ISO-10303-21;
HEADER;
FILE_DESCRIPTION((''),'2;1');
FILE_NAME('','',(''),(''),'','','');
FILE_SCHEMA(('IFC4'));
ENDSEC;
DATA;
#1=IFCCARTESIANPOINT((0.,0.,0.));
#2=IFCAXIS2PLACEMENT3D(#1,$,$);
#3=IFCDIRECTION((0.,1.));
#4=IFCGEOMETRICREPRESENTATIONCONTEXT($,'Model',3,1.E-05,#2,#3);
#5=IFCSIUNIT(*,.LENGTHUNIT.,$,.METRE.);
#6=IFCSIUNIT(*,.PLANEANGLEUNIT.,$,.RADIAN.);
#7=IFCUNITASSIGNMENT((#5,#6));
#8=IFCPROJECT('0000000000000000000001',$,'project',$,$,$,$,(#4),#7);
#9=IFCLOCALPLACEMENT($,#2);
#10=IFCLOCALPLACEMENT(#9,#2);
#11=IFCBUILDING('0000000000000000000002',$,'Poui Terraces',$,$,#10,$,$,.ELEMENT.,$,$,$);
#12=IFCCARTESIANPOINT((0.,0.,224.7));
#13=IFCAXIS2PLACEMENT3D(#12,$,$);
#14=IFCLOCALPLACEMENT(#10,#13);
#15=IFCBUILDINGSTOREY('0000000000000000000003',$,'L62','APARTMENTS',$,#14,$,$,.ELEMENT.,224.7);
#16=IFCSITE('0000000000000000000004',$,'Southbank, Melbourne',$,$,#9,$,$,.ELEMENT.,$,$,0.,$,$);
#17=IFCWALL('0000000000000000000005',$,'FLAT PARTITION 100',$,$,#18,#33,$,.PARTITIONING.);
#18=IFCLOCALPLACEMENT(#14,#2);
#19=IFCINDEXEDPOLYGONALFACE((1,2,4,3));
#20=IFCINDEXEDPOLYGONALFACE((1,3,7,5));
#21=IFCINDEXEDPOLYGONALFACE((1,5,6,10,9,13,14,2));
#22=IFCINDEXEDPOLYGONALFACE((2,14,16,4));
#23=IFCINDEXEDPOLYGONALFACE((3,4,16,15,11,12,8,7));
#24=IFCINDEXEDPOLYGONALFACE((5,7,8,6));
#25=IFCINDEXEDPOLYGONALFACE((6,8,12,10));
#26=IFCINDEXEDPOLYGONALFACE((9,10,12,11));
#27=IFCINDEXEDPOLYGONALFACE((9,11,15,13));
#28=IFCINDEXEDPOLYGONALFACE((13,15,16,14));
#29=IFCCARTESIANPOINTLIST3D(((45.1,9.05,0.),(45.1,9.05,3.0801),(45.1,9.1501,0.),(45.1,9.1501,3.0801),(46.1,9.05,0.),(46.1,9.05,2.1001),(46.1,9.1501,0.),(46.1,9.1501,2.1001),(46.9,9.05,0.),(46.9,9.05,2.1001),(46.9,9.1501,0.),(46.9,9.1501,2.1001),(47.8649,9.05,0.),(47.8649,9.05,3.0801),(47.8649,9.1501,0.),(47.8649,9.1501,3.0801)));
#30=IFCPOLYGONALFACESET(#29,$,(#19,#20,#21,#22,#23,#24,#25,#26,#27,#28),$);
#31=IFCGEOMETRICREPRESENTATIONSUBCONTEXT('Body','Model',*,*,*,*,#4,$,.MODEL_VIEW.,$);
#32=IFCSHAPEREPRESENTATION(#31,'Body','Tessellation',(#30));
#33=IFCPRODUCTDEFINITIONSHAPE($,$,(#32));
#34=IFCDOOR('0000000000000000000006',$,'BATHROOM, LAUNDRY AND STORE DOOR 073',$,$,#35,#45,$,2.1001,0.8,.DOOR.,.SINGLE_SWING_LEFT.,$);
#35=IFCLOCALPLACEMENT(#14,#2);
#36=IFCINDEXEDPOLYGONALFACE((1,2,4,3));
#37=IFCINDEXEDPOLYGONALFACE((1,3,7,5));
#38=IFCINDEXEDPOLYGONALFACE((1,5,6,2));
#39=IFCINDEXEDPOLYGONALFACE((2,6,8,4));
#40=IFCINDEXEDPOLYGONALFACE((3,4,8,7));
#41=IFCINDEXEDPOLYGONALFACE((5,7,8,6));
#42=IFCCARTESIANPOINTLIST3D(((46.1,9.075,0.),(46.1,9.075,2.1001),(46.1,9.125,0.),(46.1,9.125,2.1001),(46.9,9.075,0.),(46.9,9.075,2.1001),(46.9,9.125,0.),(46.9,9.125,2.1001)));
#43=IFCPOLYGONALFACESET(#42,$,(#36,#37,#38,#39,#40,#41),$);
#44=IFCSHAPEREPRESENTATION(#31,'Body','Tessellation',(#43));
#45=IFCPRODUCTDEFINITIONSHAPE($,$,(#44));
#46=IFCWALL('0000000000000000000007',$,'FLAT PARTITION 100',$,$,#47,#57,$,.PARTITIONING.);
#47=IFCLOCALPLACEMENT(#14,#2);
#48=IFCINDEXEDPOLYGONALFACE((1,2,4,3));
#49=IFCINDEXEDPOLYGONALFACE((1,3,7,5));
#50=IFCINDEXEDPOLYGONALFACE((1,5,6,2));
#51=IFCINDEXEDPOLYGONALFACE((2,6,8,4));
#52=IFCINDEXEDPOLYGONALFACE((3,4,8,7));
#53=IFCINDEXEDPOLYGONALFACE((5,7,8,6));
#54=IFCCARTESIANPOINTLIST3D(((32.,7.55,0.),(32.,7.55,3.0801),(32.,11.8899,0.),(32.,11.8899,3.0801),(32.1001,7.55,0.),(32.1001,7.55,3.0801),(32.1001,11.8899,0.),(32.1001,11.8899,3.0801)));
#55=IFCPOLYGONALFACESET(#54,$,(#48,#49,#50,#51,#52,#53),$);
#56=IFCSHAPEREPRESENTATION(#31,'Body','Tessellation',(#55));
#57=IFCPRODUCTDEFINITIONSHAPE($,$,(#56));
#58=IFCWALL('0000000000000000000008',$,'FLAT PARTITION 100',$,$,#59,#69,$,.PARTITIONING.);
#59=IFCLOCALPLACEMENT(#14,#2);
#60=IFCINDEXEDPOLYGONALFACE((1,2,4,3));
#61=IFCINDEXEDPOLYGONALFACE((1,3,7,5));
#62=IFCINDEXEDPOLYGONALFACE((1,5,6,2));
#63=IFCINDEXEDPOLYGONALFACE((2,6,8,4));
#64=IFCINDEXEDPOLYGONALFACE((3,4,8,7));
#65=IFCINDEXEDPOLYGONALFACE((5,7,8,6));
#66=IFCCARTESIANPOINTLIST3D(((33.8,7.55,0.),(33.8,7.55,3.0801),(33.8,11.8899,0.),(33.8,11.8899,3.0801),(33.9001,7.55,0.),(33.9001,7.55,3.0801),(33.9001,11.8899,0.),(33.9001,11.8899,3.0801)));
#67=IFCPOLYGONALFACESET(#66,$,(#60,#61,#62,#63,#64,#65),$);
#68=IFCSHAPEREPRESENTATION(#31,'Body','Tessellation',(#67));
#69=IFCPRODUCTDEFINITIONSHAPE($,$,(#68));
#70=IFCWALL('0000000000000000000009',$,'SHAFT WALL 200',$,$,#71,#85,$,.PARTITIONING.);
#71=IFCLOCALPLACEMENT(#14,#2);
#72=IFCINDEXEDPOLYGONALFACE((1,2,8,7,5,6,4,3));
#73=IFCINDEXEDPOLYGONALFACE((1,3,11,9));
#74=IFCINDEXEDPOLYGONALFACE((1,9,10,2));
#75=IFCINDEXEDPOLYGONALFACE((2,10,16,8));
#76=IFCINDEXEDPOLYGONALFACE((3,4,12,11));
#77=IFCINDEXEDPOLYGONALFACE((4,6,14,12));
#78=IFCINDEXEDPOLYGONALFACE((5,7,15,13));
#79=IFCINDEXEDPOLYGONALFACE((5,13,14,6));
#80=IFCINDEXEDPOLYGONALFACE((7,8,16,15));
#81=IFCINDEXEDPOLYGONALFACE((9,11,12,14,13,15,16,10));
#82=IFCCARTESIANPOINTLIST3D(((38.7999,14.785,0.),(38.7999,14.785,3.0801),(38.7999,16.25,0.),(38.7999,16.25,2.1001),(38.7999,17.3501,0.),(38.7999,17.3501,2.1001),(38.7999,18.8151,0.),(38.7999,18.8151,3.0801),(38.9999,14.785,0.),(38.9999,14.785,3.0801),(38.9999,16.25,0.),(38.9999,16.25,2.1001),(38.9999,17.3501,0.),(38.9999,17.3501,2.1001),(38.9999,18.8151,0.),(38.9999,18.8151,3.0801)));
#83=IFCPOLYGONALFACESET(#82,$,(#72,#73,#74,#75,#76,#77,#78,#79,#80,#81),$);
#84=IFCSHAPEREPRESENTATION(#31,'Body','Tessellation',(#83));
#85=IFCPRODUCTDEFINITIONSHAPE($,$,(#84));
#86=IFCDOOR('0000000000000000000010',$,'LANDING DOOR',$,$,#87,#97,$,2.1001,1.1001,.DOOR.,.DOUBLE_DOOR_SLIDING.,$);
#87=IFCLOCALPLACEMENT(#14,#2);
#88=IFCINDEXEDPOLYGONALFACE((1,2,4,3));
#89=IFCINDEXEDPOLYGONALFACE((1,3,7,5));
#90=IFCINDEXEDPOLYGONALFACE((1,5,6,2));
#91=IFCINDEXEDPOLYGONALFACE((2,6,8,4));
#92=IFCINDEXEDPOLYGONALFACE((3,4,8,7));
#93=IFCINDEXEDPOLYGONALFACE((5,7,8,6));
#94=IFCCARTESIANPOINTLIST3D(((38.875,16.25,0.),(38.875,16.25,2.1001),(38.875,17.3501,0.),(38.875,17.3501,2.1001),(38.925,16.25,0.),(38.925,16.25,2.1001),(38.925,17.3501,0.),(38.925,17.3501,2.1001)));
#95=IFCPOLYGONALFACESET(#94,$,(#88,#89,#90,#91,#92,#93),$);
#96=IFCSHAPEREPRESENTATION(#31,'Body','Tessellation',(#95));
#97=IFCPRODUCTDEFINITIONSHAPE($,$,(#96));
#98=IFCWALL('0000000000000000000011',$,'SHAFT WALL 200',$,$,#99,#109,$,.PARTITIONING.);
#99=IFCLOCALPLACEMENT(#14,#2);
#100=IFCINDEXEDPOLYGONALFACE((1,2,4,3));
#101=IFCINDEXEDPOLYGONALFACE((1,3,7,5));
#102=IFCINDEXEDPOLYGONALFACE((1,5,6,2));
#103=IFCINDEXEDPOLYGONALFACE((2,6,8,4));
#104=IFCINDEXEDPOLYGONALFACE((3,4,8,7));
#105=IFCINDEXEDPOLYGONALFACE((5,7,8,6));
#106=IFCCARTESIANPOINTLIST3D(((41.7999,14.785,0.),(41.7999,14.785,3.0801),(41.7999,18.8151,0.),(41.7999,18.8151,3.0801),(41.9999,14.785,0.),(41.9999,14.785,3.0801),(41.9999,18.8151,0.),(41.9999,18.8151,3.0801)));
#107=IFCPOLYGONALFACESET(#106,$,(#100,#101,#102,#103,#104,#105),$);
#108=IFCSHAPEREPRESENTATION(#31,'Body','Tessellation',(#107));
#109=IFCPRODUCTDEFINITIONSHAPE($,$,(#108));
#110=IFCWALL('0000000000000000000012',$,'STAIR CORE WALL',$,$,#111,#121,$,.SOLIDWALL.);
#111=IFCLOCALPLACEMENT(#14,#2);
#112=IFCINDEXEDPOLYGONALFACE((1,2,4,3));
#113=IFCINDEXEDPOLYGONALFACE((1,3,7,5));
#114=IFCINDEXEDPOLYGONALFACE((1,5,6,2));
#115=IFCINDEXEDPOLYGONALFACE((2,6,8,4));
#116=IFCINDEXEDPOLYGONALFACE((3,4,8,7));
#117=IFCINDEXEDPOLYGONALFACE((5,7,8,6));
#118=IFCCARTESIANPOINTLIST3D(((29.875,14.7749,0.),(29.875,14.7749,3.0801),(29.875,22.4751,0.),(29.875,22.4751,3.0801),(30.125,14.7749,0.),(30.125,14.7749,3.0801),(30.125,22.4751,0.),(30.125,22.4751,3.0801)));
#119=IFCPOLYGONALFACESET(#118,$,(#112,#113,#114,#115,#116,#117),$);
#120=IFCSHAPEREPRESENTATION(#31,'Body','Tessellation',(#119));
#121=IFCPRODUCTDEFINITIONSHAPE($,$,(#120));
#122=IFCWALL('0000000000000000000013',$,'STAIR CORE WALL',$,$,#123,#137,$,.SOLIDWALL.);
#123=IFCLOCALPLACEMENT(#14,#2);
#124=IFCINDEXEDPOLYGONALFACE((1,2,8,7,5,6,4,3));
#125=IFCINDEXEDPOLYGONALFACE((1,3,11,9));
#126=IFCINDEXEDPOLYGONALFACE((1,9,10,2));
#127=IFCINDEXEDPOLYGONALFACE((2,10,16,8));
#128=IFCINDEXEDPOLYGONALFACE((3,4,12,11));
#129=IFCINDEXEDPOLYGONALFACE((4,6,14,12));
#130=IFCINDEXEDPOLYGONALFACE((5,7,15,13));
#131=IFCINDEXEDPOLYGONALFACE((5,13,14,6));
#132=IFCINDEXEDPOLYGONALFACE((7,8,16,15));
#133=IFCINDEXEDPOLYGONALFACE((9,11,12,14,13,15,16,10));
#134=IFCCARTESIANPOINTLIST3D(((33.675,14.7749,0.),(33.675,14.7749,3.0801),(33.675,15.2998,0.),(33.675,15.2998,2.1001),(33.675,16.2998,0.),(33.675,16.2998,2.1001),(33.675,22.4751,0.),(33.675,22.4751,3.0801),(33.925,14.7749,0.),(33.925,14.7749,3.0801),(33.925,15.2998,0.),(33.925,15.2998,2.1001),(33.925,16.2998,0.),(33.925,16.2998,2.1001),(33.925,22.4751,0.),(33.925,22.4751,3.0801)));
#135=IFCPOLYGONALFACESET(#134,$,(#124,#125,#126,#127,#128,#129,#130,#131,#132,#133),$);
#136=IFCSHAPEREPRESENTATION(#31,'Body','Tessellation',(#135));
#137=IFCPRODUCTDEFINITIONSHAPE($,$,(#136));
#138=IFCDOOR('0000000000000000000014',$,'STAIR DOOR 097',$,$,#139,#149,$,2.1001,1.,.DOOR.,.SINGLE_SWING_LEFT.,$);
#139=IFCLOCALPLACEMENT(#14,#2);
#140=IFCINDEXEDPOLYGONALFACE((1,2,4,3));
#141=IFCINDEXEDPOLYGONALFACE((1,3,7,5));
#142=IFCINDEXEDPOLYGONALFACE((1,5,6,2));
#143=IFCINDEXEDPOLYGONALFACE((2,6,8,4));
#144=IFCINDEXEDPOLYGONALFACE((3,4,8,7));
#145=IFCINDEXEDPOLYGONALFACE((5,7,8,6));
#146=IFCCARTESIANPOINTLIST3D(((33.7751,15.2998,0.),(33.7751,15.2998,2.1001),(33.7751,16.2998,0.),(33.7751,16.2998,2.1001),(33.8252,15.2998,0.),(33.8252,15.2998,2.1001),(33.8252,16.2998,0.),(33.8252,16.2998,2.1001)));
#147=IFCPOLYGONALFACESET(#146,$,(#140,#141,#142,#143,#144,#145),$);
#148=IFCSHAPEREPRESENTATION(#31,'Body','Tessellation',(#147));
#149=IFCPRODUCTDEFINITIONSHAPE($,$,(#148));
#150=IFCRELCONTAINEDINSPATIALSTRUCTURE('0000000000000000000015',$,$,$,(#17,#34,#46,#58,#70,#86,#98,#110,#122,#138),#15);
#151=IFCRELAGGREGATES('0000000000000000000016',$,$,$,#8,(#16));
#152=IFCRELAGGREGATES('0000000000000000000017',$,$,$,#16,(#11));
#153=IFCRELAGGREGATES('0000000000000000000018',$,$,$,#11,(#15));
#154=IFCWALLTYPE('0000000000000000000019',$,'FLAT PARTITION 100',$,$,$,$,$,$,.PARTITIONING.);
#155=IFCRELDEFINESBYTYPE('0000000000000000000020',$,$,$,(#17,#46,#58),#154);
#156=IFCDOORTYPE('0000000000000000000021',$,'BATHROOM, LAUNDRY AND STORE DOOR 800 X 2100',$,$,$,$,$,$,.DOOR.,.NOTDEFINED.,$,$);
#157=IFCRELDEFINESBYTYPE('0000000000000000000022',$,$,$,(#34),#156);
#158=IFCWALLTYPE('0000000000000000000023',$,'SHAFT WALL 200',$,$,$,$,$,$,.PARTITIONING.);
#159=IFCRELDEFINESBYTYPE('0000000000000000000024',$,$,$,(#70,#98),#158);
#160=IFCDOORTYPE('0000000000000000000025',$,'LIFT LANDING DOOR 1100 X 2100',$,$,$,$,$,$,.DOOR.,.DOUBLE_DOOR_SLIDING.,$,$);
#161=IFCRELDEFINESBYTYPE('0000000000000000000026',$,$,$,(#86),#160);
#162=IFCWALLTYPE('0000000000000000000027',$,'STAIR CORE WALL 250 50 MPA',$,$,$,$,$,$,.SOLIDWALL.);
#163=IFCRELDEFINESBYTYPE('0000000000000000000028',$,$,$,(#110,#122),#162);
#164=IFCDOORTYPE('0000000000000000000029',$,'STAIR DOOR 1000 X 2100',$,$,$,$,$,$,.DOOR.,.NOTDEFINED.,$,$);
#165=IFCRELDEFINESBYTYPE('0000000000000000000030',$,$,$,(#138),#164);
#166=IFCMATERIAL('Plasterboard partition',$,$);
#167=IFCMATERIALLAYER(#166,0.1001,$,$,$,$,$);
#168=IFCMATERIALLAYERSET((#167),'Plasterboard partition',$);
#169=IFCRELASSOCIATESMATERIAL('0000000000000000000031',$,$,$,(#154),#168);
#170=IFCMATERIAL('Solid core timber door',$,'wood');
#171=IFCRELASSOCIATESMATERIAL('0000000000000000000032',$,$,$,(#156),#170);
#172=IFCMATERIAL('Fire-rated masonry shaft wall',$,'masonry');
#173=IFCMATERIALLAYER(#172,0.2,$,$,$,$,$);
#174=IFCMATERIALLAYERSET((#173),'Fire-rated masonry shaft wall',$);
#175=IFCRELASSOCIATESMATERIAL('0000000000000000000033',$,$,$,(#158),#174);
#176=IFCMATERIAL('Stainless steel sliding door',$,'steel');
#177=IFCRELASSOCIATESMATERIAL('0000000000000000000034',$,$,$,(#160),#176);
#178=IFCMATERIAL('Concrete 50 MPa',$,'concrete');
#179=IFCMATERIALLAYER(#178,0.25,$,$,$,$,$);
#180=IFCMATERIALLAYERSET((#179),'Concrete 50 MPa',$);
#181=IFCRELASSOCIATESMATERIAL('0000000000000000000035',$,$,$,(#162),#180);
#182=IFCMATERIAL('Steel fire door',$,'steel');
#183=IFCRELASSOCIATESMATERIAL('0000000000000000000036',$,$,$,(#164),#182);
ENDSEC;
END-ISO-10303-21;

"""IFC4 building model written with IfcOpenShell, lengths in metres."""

from ifc_helpers import new_model, si_unit, direction, frame, frame_2d, origin, place, context, subcontext, project, spatial, rectangle, extrude, material, layer, layer_set, type_object, element, fill, save


model = new_model("IFC4")

# Units and contexts
model_context = context("Model", 3, precision=1e-05, world=origin(), true_north=direction((0.0, 1.0)))
body_context = subcontext(model_context, "Body", "Model", "MODEL_VIEW")
ifc_project = project(units=[si_unit("LENGTHUNIT", "METRE"), si_unit("PLANEANGLEUNIT", "RADIAN")], contexts=[model_context])

# Site, building, storey
site_placement = place(None, origin())
site = spatial("IfcSite", under=ifc_project, at=site_placement, Name="Southbank, Melbourne", CompositionType="ELEMENT", RefElevation=0.0)
building_placement = place(site_placement, origin())
building = spatial("IfcBuilding", under=site, at=building_placement, Name="Poui Terraces", CompositionType="ELEMENT")
storey_placement = place(building_placement, frame((0.0, 0.0, 224.7)))
storey = spatial("IfcBuildingStorey", under=building, at=storey_placement, Name="L62", Description="APARTMENTS", CompositionType="ELEMENT", Elevation=224.7)

# Shared definitions
ifc_material_1 = material(Name="Concrete 50 MPa", Category="concrete")

# Shared definitions
ifc_material_2 = material(Name="Steel fire door", Category="steel")

# Wall, opening, door
ifc_material_3 = material(Name="Plasterboard partition")
ifc_layer_1 = layer(ifc_material_3, 0.1001)
ifc_layer_set_1 = layer_set([ifc_layer_1], Name="Plasterboard partition")
wall_type_1 = type_object("IfcWallType", Name="FLAT PARTITION 100", PredefinedType="PARTITIONING", material=ifc_layer_set_1)
wall_1_placement = place(storey_placement, frame((45.1001, 9.1001, 0.0), z_axis=(0.0, 0.0, 1.0), x_axis=(1.0, 0.0, 0.0)))
wall_1 = element("IfcWall", 1, at=wall_1_placement, inside=storey, type_object=wall_type_1, Name="FLAT PARTITION 100", PredefinedType="PARTITIONING", context=body_context, shape_type="SweptSolid", body=[
    extrude(rectangle(XDim=2.7649, YDim=0.1001, at=frame_2d((1.3823, 0.0))), origin(), (0.0, 0.0, 1.0), 3.0801),
])
opening_1_placement = place(wall_1_placement, frame((1.0, 0.0, 0.0)))
opening_1 = element("IfcOpeningElement", 2, at=opening_1_placement, cuts=wall_1, PredefinedType="OPENING", context=body_context, shape_type="SweptSolid", body=[
    extrude(rectangle(XDim=0.8, YDim=2.1001, at=frame_2d((0.3999, 1.05))), frame((0.0, 0.0601, 0.0), z_axis=(0.0, -1.0, 0.0), x_axis=(1.0, 0.0, 0.0)), (0.0, 0.0, 1.0), 0.1201),
])
ifc_material_4 = material(Name="Solid core timber door", Category="wood")
door_type_1 = type_object("IfcDoorType", Name="BATHROOM, LAUNDRY AND STORE DOOR 800 X 2100", OperationType="NOTDEFINED", PredefinedType="DOOR", material=ifc_material_4)
door_1_placement = place(opening_1_placement, origin())
door_1 = element("IfcDoor", 3, at=door_1_placement, inside=storey, type_object=door_type_1, Name="BATHROOM, LAUNDRY AND STORE DOOR 073", OperationType="SINGLE_SWING_LEFT", OverallHeight=2.1001, OverallWidth=0.8, PredefinedType="DOOR", context=body_context, shape_type="SweptSolid", body=[
    extrude(rectangle(XDim=0.8, YDim=2.1001, at=frame_2d((0.3999, 1.05))), frame((0.0, 0.0249, 0.0), z_axis=(0.0, -1.0, 0.0), x_axis=(1.0, 0.0, 0.0)), (0.0, 0.0, 1.0), 0.05),
])
fill(opening_1, door_1)

# Walls
for number, where, z_axis, x_axis, name in (
    (4, (32.05, 7.55, 0.0), (0.0, 0.0, 1.0), (0.0, 1.0, 0.0), "FLAT PARTITION 100"),
    (5, (33.8501, 7.55, 0.0), (0.0, 0.0, 1.0), (0.0, 1.0, 0.0), "FLAT PARTITION 100"),
):
    element("IfcWall", number, at=place(storey_placement, frame(where, z_axis=z_axis, x_axis=x_axis)), inside=storey, type_object=wall_type_1, Name=name, PredefinedType="PARTITIONING", context=body_context, shape_type="SweptSolid", body=[
        extrude(rectangle(XDim=4.3398, YDim=0.1001, at=frame_2d((2.1699, 0.0))), origin(), (0.0, 0.0, 1.0), 3.0801),
    ])

# Wall, opening, door
ifc_material_5 = material(Name="Fire-rated masonry shaft wall", Category="masonry")
ifc_layer_2 = layer(ifc_material_5, 0.2)
ifc_layer_set_2 = layer_set([ifc_layer_2], Name="Fire-rated masonry shaft wall")
wall_type_2 = type_object("IfcWallType", Name="SHAFT WALL 200", PredefinedType="PARTITIONING", material=ifc_layer_set_2)
wall_2_placement = place(storey_placement, frame((38.8999, 14.7849, 0.0), z_axis=(0.0, 0.0, 1.0), x_axis=(0.0, 1.0, 0.0)))
wall_2 = element("IfcWall", 6, at=wall_2_placement, inside=storey, type_object=wall_type_2, Name="SHAFT WALL 200", PredefinedType="PARTITIONING", context=body_context, shape_type="SweptSolid", body=[
    extrude(rectangle(XDim=4.03, YDim=0.2, at=frame_2d((2.0151, 0.0))), origin(), (0.0, 0.0, 1.0), 3.0801),
])
opening_2_placement = place(wall_2_placement, frame((1.4651, 0.0, 0.0)))
opening_2 = element("IfcOpeningElement", 7, at=opening_2_placement, cuts=wall_2, PredefinedType="OPENING", context=body_context, shape_type="SweptSolid", body=[
    extrude(rectangle(XDim=1.1001, YDim=2.1001, at=frame_2d((0.55, 1.05))), frame((0.0, 0.1099, 0.0), z_axis=(0.0, -1.0, 0.0), x_axis=(1.0, 0.0, 0.0)), (0.0, 0.0, 1.0), 0.22),
])
ifc_material_6 = material(Name="Stainless steel sliding door", Category="steel")
door_type_2 = type_object("IfcDoorType", Name="LIFT LANDING DOOR 1100 X 2100", OperationType="DOUBLE_DOOR_SLIDING", PredefinedType="DOOR", material=ifc_material_6)
door_2_placement = place(opening_2_placement, origin())
door_2 = element("IfcDoor", 8, at=door_2_placement, inside=storey, type_object=door_type_2, Name="LANDING DOOR", OperationType="DOUBLE_DOOR_SLIDING", OverallHeight=2.1001, OverallWidth=1.1001, PredefinedType="DOOR", context=body_context, shape_type="SweptSolid", body=[
    extrude(rectangle(XDim=1.1001, YDim=2.1001, at=frame_2d((0.55, 1.05))), frame((0.0, 0.0249, 0.0), z_axis=(0.0, -1.0, 0.0), x_axis=(1.0, 0.0, 0.0)), (0.0, 0.0, 1.0), 0.05),
])
fill(opening_2, door_2)

# Walls
wall_3_placement = place(storey_placement, frame((41.8999, 14.7849, 0.0), z_axis=(0.0, 0.0, 1.0), x_axis=(0.0, 1.0, 0.0)))
element("IfcWall", 9, at=wall_3_placement, inside=storey, type_object=wall_type_2, Name="SHAFT WALL 200", PredefinedType="PARTITIONING", context=body_context, shape_type="SweptSolid", body=[
    extrude(rectangle(XDim=4.03, YDim=0.2, at=frame_2d((2.0151, 0.0))), origin(), (0.0, 0.0, 1.0), 3.0801),
])
ifc_layer_3 = layer(ifc_material_1, 0.25)
ifc_layer_set_3 = layer_set([ifc_layer_3], Name="Concrete 50 MPa")
wall_type_3 = type_object("IfcWallType", Name="STAIR CORE WALL 250 50 MPA", PredefinedType="SOLIDWALL", material=ifc_layer_set_3)
wall_4_placement = place(storey_placement, frame((30.0, 14.7749, 0.0), z_axis=(0.0, 0.0, 1.0), x_axis=(0.0, 1.0, 0.0)))
element("IfcWall", 10, at=wall_4_placement, inside=storey, type_object=wall_type_3, Name="STAIR CORE WALL", PredefinedType="SOLIDWALL", context=body_context, shape_type="SweptSolid", body=[
    extrude(rectangle(XDim=7.7002, YDim=0.25, at=frame_2d((3.8501, 0.0))), origin(), (0.0, 0.0, 1.0), 3.0801),
])

# Wall, opening, door
wall_5_placement = place(storey_placement, frame((33.8, 14.7749, 0.0), z_axis=(0.0, 0.0, 1.0), x_axis=(0.0, 1.0, 0.0)))
wall_5 = element("IfcWall", 11, at=wall_5_placement, inside=storey, type_object=wall_type_3, Name="STAIR CORE WALL", PredefinedType="SOLIDWALL", context=body_context, shape_type="SweptSolid", body=[
    extrude(rectangle(XDim=7.7002, YDim=0.25, at=frame_2d((3.8501, 0.0))), origin(), (0.0, 0.0, 1.0), 3.0801),
])
opening_3_placement = place(wall_5_placement, frame((0.5249, 0.0, 0.0)))
opening_3 = element("IfcOpeningElement", 12, at=opening_3_placement, cuts=wall_5, PredefinedType="OPENING", context=body_context, shape_type="SweptSolid", body=[
    extrude(rectangle(XDim=1.0, YDim=2.1001, at=frame_2d((0.5, 1.05))), frame((0.0, 0.135, 0.0), z_axis=(0.0, -1.0, 0.0), x_axis=(1.0, 0.0, 0.0)), (0.0, 0.0, 1.0), 0.27),
])
door_type_3 = type_object("IfcDoorType", Name="STAIR DOOR 1000 X 2100", OperationType="NOTDEFINED", PredefinedType="DOOR", material=ifc_material_2)
door_3_placement = place(opening_3_placement, origin())
door_3 = element("IfcDoor", 13, at=door_3_placement, inside=storey, type_object=door_type_3, Name="STAIR DOOR 097", OperationType="SINGLE_SWING_LEFT", OverallHeight=2.1001, OverallWidth=1.0, PredefinedType="DOOR", context=body_context, shape_type="SweptSolid", body=[
    extrude(rectangle(XDim=1.0, YDim=2.1001, at=frame_2d((0.5, 1.05))), frame((0.0, 0.0249, 0.0), z_axis=(0.0, -1.0, 0.0), x_axis=(1.0, 0.0, 0.0)), (0.0, 0.0, 1.0), 0.05),
])
fill(opening_3, door_3)

save(model, "model.ifc")
